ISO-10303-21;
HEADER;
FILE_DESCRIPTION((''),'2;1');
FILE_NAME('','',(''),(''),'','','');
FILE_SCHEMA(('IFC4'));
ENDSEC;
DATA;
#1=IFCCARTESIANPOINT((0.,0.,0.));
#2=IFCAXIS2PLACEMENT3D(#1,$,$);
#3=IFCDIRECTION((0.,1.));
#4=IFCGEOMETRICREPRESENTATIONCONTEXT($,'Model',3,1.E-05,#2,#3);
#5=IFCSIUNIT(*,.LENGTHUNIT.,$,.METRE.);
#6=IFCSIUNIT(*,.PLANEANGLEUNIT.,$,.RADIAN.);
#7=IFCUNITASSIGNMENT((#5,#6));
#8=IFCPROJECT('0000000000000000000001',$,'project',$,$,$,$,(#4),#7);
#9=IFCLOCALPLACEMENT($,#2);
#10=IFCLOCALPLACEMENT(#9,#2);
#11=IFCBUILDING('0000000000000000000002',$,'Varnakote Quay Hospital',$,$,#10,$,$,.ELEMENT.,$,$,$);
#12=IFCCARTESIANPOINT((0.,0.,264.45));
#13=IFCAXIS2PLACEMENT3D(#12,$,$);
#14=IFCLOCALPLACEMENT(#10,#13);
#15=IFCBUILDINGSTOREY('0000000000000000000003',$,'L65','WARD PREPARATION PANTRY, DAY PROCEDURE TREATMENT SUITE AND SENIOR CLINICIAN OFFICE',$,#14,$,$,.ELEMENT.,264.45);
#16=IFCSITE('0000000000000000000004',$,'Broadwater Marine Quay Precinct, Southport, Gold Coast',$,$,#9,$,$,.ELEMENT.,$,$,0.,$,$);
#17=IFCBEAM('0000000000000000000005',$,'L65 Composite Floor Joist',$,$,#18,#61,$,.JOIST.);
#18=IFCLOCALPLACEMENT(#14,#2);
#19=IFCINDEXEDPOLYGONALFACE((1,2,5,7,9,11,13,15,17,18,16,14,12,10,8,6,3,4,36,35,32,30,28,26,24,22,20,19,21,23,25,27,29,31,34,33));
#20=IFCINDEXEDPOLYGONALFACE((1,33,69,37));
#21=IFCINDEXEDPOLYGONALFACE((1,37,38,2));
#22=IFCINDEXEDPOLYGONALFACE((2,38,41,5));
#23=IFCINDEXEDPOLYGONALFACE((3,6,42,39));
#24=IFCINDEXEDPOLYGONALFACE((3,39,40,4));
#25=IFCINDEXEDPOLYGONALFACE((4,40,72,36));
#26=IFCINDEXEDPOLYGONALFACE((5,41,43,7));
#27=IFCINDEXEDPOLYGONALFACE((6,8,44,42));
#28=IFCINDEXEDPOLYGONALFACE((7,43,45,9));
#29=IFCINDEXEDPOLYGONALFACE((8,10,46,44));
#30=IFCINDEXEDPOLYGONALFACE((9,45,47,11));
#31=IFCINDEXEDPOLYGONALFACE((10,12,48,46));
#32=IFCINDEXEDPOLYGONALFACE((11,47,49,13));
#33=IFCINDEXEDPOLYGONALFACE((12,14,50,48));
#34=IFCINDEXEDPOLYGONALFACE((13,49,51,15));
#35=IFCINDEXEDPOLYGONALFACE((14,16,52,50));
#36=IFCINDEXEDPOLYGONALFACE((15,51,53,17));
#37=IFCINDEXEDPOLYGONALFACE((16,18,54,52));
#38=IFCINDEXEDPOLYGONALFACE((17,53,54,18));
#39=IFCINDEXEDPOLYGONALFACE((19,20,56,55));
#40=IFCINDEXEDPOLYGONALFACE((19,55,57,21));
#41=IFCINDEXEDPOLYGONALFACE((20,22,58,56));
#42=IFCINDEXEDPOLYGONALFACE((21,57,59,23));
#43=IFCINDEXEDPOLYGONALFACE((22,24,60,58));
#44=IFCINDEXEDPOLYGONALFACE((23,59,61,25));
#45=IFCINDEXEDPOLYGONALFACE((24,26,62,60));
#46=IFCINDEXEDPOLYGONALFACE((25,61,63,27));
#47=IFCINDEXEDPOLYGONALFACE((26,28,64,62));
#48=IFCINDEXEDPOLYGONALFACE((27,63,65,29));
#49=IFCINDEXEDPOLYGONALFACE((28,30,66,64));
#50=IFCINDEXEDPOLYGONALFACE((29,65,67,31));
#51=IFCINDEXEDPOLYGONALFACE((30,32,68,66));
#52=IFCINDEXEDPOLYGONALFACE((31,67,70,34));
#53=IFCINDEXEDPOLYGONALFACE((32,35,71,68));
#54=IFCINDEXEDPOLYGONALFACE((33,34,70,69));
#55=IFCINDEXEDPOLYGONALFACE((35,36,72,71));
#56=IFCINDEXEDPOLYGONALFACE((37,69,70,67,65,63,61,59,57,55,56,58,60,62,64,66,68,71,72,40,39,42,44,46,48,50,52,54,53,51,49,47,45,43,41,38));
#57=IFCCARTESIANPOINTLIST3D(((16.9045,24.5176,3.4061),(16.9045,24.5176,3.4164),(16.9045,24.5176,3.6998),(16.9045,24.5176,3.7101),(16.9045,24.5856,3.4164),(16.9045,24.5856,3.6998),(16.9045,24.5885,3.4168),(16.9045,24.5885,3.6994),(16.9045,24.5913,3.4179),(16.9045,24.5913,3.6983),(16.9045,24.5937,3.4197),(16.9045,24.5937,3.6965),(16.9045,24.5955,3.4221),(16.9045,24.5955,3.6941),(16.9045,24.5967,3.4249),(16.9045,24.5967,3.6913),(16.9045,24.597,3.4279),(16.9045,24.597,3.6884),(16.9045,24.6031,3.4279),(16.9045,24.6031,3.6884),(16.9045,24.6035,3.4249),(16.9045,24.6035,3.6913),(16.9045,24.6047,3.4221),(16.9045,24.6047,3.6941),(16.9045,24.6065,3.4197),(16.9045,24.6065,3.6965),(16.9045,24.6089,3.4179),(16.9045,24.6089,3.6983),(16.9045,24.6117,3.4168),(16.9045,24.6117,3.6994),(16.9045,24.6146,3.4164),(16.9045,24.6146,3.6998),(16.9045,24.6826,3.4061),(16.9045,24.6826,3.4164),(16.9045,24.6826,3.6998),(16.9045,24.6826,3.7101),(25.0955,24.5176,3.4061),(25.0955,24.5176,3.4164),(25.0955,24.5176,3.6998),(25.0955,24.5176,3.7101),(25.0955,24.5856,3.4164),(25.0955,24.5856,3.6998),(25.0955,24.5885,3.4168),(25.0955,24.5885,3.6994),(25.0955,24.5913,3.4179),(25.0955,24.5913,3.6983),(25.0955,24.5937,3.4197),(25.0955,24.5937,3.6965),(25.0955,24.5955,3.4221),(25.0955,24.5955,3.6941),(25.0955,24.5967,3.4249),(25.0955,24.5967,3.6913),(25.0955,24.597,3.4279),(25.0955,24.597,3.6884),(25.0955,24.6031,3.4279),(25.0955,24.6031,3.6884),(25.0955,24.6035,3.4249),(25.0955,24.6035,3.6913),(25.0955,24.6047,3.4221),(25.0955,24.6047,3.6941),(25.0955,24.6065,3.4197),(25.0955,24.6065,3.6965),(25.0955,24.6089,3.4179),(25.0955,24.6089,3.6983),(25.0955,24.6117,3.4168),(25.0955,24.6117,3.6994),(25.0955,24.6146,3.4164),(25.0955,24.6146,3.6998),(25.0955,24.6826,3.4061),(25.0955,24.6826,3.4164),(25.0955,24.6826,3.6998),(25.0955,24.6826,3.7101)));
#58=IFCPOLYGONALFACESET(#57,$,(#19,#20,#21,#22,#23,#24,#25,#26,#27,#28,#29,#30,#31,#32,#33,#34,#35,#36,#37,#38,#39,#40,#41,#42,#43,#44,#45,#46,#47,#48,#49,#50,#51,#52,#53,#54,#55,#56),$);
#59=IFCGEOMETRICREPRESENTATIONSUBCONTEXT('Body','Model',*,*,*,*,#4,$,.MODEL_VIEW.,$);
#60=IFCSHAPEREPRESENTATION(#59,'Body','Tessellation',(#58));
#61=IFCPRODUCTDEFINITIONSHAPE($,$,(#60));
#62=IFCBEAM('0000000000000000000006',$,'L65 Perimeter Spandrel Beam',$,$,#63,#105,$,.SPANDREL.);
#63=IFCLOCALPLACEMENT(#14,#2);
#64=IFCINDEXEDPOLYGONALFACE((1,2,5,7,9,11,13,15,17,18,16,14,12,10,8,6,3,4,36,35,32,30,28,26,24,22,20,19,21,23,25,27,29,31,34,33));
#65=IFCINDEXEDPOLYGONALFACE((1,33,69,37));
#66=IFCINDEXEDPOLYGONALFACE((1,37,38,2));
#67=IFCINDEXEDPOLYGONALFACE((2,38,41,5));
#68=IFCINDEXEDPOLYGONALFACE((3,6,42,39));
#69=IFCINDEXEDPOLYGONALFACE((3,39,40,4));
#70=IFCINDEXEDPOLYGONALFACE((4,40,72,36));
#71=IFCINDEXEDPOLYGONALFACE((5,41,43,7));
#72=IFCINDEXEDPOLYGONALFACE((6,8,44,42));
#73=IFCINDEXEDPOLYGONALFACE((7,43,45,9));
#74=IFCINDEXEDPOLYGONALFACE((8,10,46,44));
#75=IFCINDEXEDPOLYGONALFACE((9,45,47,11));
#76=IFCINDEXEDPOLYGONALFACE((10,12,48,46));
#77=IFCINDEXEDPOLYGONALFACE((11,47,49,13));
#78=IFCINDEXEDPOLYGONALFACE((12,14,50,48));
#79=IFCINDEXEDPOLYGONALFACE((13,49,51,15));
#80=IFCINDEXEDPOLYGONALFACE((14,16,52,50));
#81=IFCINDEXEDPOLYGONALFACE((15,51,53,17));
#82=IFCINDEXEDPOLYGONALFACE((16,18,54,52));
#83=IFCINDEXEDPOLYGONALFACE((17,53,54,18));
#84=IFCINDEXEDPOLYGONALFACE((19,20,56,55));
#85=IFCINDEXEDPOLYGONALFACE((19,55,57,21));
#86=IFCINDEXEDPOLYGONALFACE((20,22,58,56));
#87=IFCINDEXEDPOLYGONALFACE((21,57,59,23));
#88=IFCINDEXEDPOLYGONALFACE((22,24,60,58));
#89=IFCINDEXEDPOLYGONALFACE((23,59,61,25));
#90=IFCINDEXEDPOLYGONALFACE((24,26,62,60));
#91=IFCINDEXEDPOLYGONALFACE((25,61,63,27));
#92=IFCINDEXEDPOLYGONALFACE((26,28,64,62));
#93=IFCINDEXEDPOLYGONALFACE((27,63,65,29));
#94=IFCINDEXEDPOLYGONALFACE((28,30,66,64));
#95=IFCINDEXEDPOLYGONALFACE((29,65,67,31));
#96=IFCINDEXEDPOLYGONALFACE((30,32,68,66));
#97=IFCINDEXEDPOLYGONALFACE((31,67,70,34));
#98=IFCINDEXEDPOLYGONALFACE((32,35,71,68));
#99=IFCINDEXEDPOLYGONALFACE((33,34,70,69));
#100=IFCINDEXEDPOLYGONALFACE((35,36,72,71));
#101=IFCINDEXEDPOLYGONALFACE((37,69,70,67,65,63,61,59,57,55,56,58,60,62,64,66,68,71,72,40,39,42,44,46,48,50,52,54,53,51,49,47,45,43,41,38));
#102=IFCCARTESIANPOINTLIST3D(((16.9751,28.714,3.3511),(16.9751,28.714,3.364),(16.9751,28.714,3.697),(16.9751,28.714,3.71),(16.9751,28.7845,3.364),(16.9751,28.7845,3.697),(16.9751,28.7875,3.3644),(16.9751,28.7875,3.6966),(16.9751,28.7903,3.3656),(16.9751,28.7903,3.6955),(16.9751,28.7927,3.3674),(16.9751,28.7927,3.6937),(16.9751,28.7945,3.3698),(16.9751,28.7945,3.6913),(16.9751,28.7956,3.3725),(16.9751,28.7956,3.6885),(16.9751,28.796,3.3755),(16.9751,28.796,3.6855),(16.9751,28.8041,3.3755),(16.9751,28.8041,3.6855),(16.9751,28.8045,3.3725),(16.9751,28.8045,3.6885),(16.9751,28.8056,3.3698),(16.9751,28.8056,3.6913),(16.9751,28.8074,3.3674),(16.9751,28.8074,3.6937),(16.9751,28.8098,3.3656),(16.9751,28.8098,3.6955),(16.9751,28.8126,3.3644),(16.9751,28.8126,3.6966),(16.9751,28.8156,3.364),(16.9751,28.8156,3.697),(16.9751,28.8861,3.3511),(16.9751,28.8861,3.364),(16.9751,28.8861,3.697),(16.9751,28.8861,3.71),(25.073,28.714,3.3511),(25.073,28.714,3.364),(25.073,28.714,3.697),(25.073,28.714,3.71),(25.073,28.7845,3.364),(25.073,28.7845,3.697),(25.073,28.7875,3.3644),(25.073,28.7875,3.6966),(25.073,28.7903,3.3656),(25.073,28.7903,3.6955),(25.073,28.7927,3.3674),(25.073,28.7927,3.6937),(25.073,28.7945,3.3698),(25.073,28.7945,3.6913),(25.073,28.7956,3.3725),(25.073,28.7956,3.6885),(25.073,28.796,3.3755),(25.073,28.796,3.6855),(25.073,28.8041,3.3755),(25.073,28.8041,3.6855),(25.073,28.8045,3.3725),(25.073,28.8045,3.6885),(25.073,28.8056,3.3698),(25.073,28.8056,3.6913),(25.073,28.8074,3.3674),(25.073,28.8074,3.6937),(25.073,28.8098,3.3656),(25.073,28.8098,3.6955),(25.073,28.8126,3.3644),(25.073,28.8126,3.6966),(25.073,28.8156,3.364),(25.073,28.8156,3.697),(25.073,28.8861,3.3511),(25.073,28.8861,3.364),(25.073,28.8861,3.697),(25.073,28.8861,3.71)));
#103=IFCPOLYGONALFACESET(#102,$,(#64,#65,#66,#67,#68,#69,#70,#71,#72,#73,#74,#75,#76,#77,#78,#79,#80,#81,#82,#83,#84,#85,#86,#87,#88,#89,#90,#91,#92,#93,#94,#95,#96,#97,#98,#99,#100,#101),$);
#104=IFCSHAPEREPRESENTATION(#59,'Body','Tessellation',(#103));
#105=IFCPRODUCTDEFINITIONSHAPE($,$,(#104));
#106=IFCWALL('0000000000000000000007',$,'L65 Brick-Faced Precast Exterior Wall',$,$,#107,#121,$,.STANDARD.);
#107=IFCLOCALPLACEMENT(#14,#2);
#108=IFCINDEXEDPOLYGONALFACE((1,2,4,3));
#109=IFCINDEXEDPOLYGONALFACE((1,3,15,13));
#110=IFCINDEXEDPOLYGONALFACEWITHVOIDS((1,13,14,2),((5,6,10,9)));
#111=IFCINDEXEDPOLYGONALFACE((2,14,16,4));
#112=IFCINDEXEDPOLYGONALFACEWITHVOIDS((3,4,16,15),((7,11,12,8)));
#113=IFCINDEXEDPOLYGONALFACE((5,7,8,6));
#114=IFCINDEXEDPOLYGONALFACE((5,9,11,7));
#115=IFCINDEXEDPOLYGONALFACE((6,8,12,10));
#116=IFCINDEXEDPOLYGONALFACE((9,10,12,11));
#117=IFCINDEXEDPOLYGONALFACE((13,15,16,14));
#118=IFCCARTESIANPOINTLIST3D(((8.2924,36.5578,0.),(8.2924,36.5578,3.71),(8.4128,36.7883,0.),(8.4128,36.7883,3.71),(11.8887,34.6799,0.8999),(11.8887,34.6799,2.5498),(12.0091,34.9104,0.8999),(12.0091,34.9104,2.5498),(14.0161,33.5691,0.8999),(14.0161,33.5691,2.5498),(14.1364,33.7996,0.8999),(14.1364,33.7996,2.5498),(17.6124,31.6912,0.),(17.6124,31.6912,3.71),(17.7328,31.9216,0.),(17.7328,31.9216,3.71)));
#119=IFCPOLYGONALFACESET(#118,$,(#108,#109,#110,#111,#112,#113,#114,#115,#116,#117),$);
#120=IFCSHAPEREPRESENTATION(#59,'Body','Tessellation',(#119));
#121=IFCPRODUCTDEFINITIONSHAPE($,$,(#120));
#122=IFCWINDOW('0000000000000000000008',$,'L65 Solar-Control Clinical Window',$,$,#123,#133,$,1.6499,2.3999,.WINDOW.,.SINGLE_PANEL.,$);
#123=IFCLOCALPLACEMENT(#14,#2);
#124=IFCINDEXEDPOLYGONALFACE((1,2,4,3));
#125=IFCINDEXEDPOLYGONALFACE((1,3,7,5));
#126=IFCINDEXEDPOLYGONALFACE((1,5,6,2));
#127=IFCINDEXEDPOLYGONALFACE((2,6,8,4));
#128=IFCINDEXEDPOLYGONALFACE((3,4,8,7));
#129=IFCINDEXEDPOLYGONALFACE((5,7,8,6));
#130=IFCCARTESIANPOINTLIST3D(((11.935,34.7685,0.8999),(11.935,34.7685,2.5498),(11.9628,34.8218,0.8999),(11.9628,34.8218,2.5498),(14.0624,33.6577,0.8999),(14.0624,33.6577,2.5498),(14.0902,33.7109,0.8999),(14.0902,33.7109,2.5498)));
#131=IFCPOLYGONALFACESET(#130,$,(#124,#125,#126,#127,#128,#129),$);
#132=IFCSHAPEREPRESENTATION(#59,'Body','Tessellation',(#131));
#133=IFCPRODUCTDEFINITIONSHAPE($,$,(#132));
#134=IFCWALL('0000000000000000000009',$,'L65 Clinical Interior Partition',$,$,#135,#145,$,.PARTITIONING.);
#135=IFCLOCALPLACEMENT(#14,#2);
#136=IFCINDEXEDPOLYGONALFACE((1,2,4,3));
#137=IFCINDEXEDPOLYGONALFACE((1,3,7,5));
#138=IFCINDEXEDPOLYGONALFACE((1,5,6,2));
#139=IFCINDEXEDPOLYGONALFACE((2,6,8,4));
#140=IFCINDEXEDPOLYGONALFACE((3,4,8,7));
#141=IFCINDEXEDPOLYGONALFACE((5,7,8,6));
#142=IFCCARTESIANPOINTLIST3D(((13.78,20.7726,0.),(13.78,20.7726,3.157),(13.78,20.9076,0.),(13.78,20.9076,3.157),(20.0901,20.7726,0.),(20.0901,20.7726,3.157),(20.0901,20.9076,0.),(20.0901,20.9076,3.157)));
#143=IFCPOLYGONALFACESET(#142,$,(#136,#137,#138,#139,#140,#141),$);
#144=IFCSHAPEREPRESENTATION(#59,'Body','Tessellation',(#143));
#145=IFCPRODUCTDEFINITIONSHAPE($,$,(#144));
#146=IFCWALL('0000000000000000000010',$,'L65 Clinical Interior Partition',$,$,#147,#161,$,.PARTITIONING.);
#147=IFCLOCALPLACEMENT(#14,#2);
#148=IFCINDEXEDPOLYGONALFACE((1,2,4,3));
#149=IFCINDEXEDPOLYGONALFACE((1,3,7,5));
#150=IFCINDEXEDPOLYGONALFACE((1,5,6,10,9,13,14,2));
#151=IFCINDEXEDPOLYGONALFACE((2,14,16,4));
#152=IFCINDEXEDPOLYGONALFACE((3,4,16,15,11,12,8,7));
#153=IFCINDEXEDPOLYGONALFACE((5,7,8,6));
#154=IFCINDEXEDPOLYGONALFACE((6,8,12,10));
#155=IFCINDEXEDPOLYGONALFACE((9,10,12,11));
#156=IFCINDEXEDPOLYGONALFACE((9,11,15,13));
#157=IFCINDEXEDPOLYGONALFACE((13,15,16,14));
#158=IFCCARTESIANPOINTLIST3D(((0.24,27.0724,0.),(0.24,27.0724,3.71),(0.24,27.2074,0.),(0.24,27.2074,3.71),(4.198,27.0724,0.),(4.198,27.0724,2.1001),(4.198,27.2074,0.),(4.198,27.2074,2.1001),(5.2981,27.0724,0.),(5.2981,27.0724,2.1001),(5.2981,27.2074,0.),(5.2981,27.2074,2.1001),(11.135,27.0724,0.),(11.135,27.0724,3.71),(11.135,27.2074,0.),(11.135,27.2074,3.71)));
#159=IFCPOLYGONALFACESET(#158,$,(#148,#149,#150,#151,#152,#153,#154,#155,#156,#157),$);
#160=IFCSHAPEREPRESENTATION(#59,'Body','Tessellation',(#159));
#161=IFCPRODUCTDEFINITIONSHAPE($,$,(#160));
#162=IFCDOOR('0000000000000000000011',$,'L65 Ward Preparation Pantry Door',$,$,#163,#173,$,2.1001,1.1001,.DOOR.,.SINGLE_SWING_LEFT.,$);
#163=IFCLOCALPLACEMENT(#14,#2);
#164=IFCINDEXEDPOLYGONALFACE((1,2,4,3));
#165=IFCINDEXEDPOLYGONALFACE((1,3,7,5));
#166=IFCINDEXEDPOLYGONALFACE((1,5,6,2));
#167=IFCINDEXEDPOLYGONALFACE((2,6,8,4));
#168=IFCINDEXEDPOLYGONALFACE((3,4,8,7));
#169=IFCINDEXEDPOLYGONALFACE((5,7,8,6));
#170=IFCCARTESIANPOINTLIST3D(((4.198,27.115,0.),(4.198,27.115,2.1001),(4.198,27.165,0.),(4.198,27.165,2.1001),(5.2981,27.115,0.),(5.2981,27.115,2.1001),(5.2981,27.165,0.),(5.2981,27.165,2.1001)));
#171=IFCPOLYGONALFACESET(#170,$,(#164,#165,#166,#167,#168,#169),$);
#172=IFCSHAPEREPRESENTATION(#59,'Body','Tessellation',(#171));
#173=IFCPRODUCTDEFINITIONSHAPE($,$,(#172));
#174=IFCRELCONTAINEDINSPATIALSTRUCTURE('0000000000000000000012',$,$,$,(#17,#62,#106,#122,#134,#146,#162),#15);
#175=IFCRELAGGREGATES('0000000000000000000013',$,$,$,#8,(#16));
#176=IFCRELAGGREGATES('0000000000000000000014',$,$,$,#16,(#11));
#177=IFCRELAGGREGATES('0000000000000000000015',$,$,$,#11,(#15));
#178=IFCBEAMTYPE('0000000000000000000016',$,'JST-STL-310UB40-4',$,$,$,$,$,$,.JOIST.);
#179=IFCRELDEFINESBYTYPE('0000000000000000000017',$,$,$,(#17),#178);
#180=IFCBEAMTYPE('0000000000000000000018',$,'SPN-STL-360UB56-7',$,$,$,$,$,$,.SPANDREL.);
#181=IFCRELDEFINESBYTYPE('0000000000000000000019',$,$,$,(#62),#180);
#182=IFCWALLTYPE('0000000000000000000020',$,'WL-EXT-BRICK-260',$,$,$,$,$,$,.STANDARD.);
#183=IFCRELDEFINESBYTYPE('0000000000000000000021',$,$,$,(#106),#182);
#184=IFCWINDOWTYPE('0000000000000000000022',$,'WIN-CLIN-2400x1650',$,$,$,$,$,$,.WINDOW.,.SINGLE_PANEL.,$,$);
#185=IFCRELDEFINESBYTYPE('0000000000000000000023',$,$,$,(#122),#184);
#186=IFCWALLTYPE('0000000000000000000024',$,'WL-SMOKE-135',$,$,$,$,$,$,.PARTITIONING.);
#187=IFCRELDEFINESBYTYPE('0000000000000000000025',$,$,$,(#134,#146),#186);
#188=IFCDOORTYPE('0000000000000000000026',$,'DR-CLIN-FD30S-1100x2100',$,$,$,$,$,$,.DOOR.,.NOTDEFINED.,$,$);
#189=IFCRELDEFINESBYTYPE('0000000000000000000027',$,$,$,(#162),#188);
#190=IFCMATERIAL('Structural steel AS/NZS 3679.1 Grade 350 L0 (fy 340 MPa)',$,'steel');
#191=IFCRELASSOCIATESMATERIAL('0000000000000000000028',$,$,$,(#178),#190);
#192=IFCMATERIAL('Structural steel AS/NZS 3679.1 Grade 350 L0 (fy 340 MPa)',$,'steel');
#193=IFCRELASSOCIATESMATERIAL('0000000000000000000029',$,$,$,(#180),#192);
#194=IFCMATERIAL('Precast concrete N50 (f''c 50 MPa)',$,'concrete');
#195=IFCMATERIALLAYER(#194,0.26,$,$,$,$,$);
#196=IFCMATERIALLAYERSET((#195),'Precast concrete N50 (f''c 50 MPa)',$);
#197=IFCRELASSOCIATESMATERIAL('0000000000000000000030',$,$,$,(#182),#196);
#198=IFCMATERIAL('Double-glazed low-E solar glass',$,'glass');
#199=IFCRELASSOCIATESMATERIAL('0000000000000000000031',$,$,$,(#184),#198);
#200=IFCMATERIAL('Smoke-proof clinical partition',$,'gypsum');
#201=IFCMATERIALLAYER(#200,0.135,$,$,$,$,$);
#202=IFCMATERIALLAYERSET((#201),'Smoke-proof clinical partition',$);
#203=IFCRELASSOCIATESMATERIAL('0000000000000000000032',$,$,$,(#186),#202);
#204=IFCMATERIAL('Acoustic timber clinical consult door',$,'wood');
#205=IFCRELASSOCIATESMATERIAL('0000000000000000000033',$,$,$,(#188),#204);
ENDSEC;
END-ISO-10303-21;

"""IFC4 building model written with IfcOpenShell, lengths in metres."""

from ifc_helpers import new_model, si_unit, direction, frame, frame_2d, origin, origin_2d, place, context, subcontext, project, spatial, rectangle, i_section, extrude, material, layer, layer_set, material_profile, profile_set, type_object, element, fill, save


model = new_model("IFC4")

# Units and contexts
model_context = context("Model", 3, precision=1e-05, world=origin(), true_north=direction((0.0, 1.0)))
body_context = subcontext(model_context, "Body", "Model", "MODEL_VIEW")
ifc_project = project(units=[si_unit("LENGTHUNIT", "METRE"), si_unit("PLANEANGLEUNIT", "RADIAN")], contexts=[model_context])

# Site, building, storey
site_placement = place(None, origin())
site = spatial("IfcSite", under=ifc_project, at=site_placement, Name="Broadwater Marine Quay Precinct, Southport, Gold Coast", CompositionType="ELEMENT", RefElevation=0.0)
building_placement = place(site_placement, origin())
building = spatial("IfcBuilding", under=site, at=building_placement, Name="Varnakote Quay Hospital", CompositionType="ELEMENT")
storey_placement = place(building_placement, frame((0.0, 0.0, 264.45)))
storey = spatial("IfcBuildingStorey", under=building, at=storey_placement, Name="L65", Description="WARD PREPARATION PANTRY, DAY PROCEDURE TREATMENT SUITE AND SENIOR CLINICIAN OFFICE", CompositionType="ELEMENT", Elevation=264.45)

# Beams
ifc_material_1 = material(Name="Structural steel AS/NZS 3679.1 Grade 350 L0 (fy 340 MPa)", Category="steel")
ifc_material_profile_1 = material_profile(ifc_material_1, i_section(OverallWidth=0.165, OverallDepth=0.304, WebThickness=0.0061, FlangeThickness=0.0103, FilletRadius=0.0115, at=origin_2d()), Name="310UB40.4")
ifc_profile_set_1 = profile_set([ifc_material_profile_1], Name="Structural steel AS/NZS 3679.1 Grade 350 L0 (fy 340 MPa)")
beam_type_1 = type_object("IfcBeamType", Name="JST-STL-310UB40-4", PredefinedType="JOIST", material=ifc_profile_set_1)
beam_1_placement = place(storey_placement, frame((16.9045, 24.6001, 3.5581), z_axis=(1.0, 0.0, 0.0), x_axis=(0.0, 1.0, 0.0)))
element("IfcBeam", 1, at=beam_1_placement, inside=storey, type_object=beam_type_1, Name="L65 Composite Floor Joist", PredefinedType="JOIST", context=body_context, shape_type="SweptSolid", body=[
    extrude(i_section(OverallWidth=0.165, OverallDepth=0.304, WebThickness=0.0061, FlangeThickness=0.0103, FilletRadius=0.0115, at=origin_2d()), origin(), (0.0, 0.0, 1.0), 8.1909),
])
ifc_material_2 = material(Name="Structural steel AS/NZS 3679.1 Grade 350 L0 (fy 340 MPa)", Category="steel")
ifc_material_profile_2 = material_profile(ifc_material_2, i_section(OverallWidth=0.1721, OverallDepth=0.3589, WebThickness=0.0081, FlangeThickness=0.0129, FilletRadius=0.0115, at=origin_2d()), Name="360UB56.7")
ifc_profile_set_2 = profile_set([ifc_material_profile_2], Name="Structural steel AS/NZS 3679.1 Grade 350 L0 (fy 340 MPa)")
beam_type_2 = type_object("IfcBeamType", Name="SPN-STL-360UB56-7", PredefinedType="SPANDREL", material=ifc_profile_set_2)
beam_2_placement = place(storey_placement, frame((16.9751, 28.8, 3.5305), z_axis=(1.0, 0.0, 0.0), x_axis=(0.0, 1.0, 0.0)))
element("IfcBeam", 2, at=beam_2_placement, inside=storey, type_object=beam_type_2, Name="L65 Perimeter Spandrel Beam", PredefinedType="SPANDREL", context=body_context, shape_type="SweptSolid", body=[
    extrude(i_section(OverallWidth=0.1721, OverallDepth=0.3589, WebThickness=0.0081, FlangeThickness=0.0129, FilletRadius=0.0115, at=origin_2d()), origin(), (0.0, 0.0, 1.0), 8.0979),
])

# Wall, opening, window
ifc_material_3 = material(Name="Precast concrete N50 (f'c 50 MPa)", Category="concrete")
ifc_layer_1 = layer(ifc_material_3, 0.26)
ifc_layer_set_1 = layer_set([ifc_layer_1], Name="Precast concrete N50 (f'c 50 MPa)")
wall_type_1 = type_object("IfcWallType", Name="WL-EXT-BRICK-260", PredefinedType="STANDARD", material=ifc_layer_set_1)
wall_1_placement = place(storey_placement, frame((17.6726, 31.8064, 0.0), z_axis=(0.0, 0.0, 1.0), x_axis=(-0.886427, 0.462869, 0.0)))
wall_1 = element("IfcWall", 3, at=wall_1_placement, inside=storey, type_object=wall_type_1, Name="L65 Brick-Faced Precast Exterior Wall", PredefinedType="STANDARD", context=body_context, shape_type="SweptSolid", body=[
    extrude(rectangle(XDim=10.5142, YDim=0.26, at=frame_2d((5.2571, 0.0))), origin(), (0.0, 0.0, 1.0), 3.71),
])
opening_1_placement = place(wall_1_placement, frame((4.0571, 0.0, 0.8999)))
opening_1 = element("IfcOpeningElement", 4, at=opening_1_placement, cuts=wall_1, PredefinedType="OPENING", context=body_context, shape_type="SweptSolid", body=[
    extrude(rectangle(XDim=2.3999, YDim=1.6499, at=frame_2d((1.2, 0.825))), frame((0.0, 0.1399, 0.0), z_axis=(0.0, -1.0, 0.0), x_axis=(1.0, 0.0, 0.0)), (0.0, 0.0, 1.0), 0.28),
])
ifc_material_4 = material(Name="Double-glazed low-E solar glass", Category="glass")
window_type = type_object("IfcWindowType", Name="WIN-CLIN-2400x1650", PartitioningType="SINGLE_PANEL", PredefinedType="WINDOW", material=ifc_material_4)
window_placement = place(opening_1_placement, origin())
window = element("IfcWindow", 5, at=window_placement, inside=storey, type_object=window_type, Name="L65 Solar-Control Clinical Window", OverallHeight=1.6499, OverallWidth=2.3999, PartitioningType="SINGLE_PANEL", PredefinedType="WINDOW", context=body_context, shape_type="SweptSolid", body=[
    extrude(rectangle(XDim=2.3999, YDim=1.6499, at=frame_2d((1.2, 0.825))), frame((0.0, 0.03, 0.0), z_axis=(0.0, -1.0, 0.0), x_axis=(1.0, 0.0, 0.0)), (0.0, 0.0, 1.0), 0.0601),
])
fill(opening_1, window)

# Wall
ifc_material_5 = material(Name="Smoke-proof clinical partition", Category="gypsum")
ifc_layer_2 = layer(ifc_material_5, 0.135)
ifc_layer_set_2 = layer_set([ifc_layer_2], Name="Smoke-proof clinical partition")
wall_type_2 = type_object("IfcWallType", Name="WL-SMOKE-135", PredefinedType="PARTITIONING", material=ifc_layer_set_2)
wall_2_placement = place(storey_placement, frame((20.0901, 20.8401, 0.0), z_axis=(0.0, 0.0, 1.0), x_axis=(-1.0, 0.0, 0.0)))
element("IfcWall", 6, at=wall_2_placement, inside=storey, type_object=wall_type_2, Name="L65 Clinical Interior Partition", PredefinedType="PARTITIONING", context=body_context, shape_type="SweptSolid", body=[
    extrude(rectangle(XDim=6.3101, YDim=0.135, at=frame_2d((3.155, 0.0))), origin(), (0.0, 0.0, 1.0), 3.157),
])

# Wall, opening, door
wall_3_placement = place(storey_placement, frame((11.135, 27.1399, 0.0), z_axis=(0.0, 0.0, 1.0), x_axis=(-1.0, 0.0, 0.0)))
wall_3 = element("IfcWall", 7, at=wall_3_placement, inside=storey, type_object=wall_type_2, Name="L65 Clinical Interior Partition", PredefinedType="PARTITIONING", context=body_context, shape_type="SweptSolid", body=[
    extrude(rectangle(XDim=10.895, YDim=0.135, at=frame_2d((5.4475, 0.0))), origin(), (0.0, 0.0, 1.0), 3.71),
])
opening_2_placement = place(wall_3_placement, frame((5.8369, 0.0, 0.0)))
opening_2 = element("IfcOpeningElement", 8, at=opening_2_placement, cuts=wall_3, PredefinedType="OPENING", context=body_context, shape_type="SweptSolid", body=[
    extrude(rectangle(XDim=1.1001, YDim=2.1001, at=frame_2d((0.55, 1.05))), frame((0.0, 0.0774, 0.0), z_axis=(0.0, -1.0, 0.0), x_axis=(1.0, 0.0, 0.0)), (0.0, 0.0, 1.0), 0.155),
])
ifc_material_6 = material(Name="Acoustic timber clinical consult door", Category="wood")
door_type = type_object("IfcDoorType", Name="DR-CLIN-FD30S-1100x2100", OperationType="NOTDEFINED", PredefinedType="DOOR", material=ifc_material_6)
door_1_placement = place(opening_2_placement, origin())
door_1 = element("IfcDoor", 9, at=door_1_placement, inside=storey, type_object=door_type, Name="L65 Ward Preparation Pantry Door", OperationType="SINGLE_SWING_LEFT", OverallHeight=2.1001, OverallWidth=1.1001, PredefinedType="DOOR", context=body_context, shape_type="SweptSolid", body=[
    extrude(rectangle(XDim=1.1001, YDim=2.1001, at=frame_2d((0.55, 1.05))), frame((0.0, 0.0249, 0.0), z_axis=(0.0, -1.0, 0.0), x_axis=(1.0, 0.0, 0.0)), (0.0, 0.0, 1.0), 0.05),
])
fill(opening_2, door_1)

save(model, "model.ifc")
